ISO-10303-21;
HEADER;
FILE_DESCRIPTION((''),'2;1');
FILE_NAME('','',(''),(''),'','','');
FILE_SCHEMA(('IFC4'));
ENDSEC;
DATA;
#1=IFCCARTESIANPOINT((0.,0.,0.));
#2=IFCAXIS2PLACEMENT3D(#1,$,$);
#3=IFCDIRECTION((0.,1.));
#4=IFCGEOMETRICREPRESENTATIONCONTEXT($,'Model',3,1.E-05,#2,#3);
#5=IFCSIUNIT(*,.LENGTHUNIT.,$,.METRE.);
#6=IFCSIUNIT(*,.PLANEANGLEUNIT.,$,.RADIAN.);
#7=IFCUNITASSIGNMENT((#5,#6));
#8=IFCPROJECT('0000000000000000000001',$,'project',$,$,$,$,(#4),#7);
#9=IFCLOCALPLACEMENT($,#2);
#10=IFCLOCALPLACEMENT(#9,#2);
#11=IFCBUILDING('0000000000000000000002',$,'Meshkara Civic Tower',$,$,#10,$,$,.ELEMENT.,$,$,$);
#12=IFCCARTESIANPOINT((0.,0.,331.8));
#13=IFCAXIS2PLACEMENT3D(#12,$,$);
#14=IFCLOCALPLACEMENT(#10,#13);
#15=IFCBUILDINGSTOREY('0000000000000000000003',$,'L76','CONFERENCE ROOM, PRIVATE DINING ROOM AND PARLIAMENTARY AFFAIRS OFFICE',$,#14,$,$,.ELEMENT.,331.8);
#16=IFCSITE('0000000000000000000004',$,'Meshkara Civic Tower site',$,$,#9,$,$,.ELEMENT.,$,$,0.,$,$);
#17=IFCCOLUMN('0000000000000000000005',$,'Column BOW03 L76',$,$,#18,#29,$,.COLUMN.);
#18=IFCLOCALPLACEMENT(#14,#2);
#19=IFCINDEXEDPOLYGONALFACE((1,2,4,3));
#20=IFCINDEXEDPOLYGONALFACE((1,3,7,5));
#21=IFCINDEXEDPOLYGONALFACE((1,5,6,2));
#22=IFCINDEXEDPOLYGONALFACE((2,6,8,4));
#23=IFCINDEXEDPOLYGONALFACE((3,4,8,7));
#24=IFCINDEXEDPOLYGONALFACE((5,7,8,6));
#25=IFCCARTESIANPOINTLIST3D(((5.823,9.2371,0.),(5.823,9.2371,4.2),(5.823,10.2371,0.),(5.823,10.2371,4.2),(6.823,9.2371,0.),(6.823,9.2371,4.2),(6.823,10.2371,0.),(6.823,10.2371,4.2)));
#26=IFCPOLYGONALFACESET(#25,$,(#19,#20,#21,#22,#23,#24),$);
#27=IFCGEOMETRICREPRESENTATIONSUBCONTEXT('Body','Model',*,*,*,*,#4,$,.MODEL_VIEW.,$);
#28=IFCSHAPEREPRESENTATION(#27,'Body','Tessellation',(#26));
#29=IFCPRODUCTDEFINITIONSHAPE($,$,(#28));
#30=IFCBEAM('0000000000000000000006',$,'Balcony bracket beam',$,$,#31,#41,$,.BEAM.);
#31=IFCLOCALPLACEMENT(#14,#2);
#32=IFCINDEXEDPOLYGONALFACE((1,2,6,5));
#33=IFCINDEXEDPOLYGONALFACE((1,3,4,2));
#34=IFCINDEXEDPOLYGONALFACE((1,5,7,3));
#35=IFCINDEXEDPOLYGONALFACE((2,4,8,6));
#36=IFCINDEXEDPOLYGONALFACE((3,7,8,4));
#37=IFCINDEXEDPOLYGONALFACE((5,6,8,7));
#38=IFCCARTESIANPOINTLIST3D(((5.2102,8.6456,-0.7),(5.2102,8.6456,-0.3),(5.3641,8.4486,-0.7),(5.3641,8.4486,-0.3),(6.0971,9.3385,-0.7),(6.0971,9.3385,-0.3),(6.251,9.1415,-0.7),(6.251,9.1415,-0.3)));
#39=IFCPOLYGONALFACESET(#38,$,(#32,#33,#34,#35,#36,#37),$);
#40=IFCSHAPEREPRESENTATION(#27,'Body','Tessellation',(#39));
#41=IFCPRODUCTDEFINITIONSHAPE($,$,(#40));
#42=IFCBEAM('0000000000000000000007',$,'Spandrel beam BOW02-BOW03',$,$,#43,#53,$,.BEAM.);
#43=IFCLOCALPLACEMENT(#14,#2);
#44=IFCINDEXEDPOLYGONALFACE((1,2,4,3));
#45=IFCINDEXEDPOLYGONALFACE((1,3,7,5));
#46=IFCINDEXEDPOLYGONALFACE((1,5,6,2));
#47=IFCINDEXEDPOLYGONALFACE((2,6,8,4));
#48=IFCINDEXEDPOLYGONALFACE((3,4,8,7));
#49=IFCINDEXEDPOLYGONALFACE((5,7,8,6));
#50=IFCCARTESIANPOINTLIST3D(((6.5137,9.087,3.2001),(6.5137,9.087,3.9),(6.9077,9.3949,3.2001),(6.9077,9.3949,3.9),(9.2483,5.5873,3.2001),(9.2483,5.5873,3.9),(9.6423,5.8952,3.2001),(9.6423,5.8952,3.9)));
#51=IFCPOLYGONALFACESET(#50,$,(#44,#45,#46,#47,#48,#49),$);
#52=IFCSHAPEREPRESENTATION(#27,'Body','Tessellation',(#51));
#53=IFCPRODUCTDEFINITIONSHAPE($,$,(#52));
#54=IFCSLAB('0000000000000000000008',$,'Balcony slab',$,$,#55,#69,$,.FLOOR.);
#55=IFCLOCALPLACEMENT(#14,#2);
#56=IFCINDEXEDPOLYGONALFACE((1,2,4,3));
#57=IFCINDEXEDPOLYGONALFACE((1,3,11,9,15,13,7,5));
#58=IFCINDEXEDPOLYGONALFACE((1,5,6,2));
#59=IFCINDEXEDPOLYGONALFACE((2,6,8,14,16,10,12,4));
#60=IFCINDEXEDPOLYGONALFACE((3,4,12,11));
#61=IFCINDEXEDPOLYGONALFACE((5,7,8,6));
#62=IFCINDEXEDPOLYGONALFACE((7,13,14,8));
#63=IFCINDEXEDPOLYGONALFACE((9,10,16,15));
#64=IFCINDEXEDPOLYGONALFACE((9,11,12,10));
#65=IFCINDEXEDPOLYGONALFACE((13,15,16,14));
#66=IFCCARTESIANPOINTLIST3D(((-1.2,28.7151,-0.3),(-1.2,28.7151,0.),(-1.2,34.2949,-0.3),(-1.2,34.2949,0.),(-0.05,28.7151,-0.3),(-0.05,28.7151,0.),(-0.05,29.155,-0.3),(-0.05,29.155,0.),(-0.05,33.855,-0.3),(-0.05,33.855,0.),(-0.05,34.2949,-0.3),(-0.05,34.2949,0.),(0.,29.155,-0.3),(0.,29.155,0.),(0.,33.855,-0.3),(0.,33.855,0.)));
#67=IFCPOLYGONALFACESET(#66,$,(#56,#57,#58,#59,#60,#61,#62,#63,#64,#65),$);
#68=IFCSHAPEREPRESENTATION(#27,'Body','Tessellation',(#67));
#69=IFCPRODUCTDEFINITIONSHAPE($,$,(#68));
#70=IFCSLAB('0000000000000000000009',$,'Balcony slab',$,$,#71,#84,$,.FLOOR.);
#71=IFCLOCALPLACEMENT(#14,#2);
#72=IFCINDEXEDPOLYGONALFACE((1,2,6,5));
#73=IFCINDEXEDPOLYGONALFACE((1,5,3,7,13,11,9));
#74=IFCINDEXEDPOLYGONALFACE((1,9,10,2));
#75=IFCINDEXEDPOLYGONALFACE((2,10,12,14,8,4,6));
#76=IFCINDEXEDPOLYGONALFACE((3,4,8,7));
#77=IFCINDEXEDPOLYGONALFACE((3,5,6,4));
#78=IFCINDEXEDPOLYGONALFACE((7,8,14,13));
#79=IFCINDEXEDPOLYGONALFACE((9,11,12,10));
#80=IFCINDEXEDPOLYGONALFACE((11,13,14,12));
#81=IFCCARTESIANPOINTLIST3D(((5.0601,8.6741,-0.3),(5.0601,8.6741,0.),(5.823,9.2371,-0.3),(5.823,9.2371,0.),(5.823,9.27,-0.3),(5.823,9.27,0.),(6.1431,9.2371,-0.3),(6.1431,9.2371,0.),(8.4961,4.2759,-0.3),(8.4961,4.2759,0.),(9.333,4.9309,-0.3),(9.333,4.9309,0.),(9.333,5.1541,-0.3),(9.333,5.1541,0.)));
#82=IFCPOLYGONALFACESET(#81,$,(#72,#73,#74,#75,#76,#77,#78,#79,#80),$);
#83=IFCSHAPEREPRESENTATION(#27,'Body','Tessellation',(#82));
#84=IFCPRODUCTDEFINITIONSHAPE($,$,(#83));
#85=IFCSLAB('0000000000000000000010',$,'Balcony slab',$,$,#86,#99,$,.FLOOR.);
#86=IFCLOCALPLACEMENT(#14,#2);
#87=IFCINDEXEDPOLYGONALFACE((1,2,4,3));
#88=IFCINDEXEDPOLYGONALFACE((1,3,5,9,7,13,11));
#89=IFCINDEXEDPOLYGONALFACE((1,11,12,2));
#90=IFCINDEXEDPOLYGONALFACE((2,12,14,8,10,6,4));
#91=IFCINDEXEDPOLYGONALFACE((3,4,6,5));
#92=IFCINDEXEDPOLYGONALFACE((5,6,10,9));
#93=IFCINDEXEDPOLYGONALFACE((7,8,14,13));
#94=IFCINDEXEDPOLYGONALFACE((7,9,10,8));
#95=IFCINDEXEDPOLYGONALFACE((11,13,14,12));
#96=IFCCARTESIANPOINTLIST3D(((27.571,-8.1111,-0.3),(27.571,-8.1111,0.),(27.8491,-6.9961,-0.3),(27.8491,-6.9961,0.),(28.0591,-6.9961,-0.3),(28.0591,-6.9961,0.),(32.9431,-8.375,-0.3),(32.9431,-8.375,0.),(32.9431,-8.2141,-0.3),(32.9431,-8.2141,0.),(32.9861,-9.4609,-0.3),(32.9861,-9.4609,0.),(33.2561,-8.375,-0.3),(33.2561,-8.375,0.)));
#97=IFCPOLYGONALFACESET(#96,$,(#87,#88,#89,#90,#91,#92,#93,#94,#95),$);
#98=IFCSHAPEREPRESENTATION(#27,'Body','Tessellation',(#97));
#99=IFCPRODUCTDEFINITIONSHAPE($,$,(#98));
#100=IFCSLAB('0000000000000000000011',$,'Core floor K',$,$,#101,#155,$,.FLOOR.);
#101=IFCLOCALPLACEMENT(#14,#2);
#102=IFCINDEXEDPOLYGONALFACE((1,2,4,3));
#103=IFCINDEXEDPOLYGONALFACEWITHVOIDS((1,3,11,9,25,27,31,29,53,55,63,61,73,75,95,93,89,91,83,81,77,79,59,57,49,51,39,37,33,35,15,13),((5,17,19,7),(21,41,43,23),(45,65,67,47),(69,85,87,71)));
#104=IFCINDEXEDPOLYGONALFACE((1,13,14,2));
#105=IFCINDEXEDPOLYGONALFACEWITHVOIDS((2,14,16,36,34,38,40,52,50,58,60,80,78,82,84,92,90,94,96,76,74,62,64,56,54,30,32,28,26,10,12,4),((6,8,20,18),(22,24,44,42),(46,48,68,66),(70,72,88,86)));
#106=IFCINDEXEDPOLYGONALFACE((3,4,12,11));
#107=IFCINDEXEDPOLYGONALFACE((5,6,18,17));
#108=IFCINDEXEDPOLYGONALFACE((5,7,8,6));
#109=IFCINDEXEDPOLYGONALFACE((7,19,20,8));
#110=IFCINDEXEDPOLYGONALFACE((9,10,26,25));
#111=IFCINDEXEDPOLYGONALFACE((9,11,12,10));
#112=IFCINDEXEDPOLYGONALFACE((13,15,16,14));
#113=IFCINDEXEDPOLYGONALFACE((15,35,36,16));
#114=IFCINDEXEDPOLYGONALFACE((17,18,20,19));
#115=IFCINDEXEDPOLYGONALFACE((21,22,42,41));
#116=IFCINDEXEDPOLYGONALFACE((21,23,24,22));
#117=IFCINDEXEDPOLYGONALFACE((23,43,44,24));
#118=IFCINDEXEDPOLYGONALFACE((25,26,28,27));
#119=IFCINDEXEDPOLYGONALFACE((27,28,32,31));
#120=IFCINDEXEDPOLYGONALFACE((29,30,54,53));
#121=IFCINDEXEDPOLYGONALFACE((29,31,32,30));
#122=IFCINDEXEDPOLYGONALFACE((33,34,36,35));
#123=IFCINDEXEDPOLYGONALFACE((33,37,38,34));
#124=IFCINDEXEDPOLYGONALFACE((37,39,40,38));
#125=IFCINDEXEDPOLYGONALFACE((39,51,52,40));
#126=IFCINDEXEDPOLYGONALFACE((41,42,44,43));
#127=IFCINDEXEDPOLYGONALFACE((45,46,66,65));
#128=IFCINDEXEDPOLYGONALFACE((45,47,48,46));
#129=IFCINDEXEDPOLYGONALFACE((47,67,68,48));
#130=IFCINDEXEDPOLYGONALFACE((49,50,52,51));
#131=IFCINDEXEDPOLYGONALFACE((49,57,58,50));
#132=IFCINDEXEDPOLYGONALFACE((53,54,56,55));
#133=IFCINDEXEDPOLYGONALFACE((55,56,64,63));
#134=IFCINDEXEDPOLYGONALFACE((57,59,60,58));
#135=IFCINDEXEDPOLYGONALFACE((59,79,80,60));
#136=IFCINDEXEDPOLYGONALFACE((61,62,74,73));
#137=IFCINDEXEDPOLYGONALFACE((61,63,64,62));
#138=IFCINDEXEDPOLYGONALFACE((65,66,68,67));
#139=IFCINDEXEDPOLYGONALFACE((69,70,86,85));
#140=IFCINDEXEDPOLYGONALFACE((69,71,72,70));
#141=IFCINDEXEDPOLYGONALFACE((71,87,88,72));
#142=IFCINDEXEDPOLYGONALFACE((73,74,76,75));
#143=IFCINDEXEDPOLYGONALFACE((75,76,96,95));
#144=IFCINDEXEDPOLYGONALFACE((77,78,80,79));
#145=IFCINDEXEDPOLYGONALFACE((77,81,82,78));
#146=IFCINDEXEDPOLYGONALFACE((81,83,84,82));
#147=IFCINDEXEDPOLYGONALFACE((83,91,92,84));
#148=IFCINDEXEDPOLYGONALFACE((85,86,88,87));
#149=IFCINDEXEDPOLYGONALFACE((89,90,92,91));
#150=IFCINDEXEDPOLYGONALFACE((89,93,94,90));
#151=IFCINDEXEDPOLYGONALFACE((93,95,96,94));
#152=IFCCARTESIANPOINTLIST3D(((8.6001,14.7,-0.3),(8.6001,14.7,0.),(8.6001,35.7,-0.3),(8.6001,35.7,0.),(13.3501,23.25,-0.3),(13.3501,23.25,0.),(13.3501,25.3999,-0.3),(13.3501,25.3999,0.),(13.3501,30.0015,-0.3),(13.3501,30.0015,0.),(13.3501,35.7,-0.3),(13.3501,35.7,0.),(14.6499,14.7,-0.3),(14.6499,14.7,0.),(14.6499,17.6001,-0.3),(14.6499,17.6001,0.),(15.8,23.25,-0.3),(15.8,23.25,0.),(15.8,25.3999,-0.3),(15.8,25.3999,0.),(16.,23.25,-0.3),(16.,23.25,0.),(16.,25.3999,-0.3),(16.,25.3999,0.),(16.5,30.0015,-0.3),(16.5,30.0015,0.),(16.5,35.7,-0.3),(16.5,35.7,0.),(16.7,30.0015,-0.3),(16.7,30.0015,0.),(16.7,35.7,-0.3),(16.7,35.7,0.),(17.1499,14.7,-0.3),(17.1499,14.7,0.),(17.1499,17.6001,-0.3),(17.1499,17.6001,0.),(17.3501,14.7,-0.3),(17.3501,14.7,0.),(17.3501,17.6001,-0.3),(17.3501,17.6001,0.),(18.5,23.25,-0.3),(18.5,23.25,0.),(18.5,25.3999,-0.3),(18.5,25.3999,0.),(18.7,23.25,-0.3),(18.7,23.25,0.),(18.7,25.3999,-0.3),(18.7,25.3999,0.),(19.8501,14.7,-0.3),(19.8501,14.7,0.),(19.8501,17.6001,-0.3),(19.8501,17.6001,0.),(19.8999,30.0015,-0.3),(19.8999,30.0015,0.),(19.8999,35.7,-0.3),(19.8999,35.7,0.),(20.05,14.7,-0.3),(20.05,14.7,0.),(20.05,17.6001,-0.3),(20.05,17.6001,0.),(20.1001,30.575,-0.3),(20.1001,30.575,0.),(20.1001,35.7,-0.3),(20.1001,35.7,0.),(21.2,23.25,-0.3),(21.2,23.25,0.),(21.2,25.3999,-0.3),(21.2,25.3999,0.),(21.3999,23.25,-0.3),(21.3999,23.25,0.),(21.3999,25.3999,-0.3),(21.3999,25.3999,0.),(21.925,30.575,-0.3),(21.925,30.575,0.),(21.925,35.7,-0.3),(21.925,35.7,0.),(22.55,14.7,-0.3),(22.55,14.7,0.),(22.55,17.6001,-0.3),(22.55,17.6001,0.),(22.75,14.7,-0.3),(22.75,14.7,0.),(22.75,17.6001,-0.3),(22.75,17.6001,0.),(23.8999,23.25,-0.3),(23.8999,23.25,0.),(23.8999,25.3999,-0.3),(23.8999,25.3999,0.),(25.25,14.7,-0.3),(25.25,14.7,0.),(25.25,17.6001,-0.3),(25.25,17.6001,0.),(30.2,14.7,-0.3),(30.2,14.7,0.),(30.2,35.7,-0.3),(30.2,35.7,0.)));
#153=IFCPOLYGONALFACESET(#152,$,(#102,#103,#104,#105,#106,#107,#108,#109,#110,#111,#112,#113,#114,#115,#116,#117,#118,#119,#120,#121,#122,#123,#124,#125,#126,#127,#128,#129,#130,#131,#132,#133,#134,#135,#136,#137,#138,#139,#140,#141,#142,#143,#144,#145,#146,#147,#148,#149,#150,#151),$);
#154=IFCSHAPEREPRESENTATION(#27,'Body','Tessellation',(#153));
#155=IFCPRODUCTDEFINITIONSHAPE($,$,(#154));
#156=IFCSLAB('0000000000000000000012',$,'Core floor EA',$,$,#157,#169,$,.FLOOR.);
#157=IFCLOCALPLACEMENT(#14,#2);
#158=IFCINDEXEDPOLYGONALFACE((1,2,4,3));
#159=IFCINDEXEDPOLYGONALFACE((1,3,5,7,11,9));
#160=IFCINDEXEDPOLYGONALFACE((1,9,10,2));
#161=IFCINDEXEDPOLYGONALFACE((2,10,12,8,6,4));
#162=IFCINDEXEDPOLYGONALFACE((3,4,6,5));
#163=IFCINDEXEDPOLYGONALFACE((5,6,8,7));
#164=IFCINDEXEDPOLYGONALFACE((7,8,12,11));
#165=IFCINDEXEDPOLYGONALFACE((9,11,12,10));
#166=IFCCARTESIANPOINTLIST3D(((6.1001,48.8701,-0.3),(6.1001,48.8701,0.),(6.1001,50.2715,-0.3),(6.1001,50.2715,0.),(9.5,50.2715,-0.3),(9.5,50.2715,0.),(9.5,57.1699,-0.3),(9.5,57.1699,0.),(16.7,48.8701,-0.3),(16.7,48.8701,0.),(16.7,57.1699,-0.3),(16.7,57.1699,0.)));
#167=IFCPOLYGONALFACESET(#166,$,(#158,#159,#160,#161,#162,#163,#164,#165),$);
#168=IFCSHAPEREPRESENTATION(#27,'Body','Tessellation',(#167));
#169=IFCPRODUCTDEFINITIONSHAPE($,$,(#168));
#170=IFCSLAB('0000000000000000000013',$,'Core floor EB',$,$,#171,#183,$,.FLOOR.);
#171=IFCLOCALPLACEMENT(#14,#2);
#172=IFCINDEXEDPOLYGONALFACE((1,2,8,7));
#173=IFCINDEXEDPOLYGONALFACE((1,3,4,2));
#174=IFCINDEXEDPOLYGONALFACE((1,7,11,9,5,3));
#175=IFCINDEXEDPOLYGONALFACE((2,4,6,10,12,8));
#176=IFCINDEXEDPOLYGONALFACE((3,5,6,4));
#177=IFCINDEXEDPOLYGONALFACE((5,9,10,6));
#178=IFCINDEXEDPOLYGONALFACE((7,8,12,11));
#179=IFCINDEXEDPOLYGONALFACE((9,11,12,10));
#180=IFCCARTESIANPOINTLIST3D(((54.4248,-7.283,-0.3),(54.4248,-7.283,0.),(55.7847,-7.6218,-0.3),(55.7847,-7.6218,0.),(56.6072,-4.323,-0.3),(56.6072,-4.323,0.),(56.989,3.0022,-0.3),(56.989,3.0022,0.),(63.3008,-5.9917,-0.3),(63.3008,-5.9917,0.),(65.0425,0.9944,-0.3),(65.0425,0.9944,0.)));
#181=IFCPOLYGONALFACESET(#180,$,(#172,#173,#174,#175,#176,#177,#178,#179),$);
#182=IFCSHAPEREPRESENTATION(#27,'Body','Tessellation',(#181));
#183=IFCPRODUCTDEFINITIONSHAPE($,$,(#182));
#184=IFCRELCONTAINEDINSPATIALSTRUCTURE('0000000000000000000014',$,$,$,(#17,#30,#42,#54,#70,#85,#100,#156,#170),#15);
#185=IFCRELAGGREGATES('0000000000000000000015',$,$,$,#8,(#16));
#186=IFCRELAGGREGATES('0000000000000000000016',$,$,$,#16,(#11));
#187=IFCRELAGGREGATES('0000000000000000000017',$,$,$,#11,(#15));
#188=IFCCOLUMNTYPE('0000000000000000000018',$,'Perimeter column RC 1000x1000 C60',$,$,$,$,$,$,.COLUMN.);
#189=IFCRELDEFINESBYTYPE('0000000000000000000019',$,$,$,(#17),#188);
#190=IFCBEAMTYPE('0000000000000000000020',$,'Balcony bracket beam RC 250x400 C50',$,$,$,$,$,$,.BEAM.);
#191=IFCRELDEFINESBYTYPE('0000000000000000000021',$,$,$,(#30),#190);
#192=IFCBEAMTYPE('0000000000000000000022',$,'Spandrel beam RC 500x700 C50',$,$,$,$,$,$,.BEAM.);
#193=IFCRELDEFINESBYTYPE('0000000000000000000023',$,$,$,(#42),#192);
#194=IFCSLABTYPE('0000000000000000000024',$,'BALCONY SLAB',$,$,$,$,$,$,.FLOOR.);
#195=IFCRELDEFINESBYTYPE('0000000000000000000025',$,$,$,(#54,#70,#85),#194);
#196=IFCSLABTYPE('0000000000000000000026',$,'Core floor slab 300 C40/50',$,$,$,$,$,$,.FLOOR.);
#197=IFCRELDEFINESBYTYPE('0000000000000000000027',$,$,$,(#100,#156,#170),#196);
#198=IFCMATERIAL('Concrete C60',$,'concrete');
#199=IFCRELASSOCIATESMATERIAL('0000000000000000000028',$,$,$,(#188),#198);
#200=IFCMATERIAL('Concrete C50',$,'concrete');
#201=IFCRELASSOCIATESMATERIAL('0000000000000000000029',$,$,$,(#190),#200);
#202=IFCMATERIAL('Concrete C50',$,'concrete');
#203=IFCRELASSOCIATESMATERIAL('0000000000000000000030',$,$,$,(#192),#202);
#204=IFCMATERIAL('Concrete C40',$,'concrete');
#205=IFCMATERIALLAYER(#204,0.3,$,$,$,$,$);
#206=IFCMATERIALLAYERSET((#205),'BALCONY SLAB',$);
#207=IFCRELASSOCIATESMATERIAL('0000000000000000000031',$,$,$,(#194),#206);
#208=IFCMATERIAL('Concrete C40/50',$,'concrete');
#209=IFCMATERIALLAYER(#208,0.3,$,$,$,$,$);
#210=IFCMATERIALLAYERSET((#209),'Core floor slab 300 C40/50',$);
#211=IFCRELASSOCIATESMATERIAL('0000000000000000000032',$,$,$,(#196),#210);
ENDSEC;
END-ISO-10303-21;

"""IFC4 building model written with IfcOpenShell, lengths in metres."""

from ifc_helpers import new_model, si_unit, direction, frame, origin, origin_2d, place, context, subcontext, project, spatial, polyline, rectangle, outline, extrude, material, layer, layer_set, material_profile, profile_set, type_object, element, save


model = new_model("IFC4")

# Units and contexts
model_context = context("Model", 3, precision=1e-05, world=origin(), true_north=direction((0.0, 1.0)))
body_context = subcontext(model_context, "Body", "Model", "MODEL_VIEW")
ifc_project = project(units=[si_unit("LENGTHUNIT", "METRE"), si_unit("PLANEANGLEUNIT", "RADIAN")], contexts=[model_context])

# Site, building, storey
site_placement = place(None, origin())
site = spatial("IfcSite", under=ifc_project, at=site_placement, Name="Meshkara Civic Tower site", CompositionType="ELEMENT", RefElevation=0.0)
building_placement = place(site_placement, origin())
building = spatial("IfcBuilding", under=site, at=building_placement, Name="Meshkara Civic Tower", CompositionType="ELEMENT")
storey_placement = place(building_placement, frame((0.0, 0.0, 331.8)))
storey = spatial("IfcBuildingStorey", under=building, at=storey_placement, Name="L76", Description="CONFERENCE ROOM, PRIVATE DINING ROOM AND PARLIAMENTARY AFFAIRS OFFICE", CompositionType="ELEMENT", Elevation=331.8)

# Column
ifc_material_1 = material(Name="Concrete C60", Category="concrete")
ifc_material_profile_1 = material_profile(ifc_material_1, rectangle(XDim=1.0, YDim=1.0, at=origin_2d()))
ifc_profile_set_1 = profile_set([ifc_material_profile_1], Name="Concrete C60")
column_type = type_object("IfcColumnType", Name="Perimeter column RC 1000x1000 C60", PredefinedType="COLUMN", material=ifc_profile_set_1)
column_placement = place(storey_placement, frame((6.323, 9.7371, 0.0), z_axis=(0.0, 0.0, 1.0), x_axis=(1.0, 0.0, 0.0)))
element("IfcColumn", 1, at=column_placement, inside=storey, type_object=column_type, Name="Column BOW03 L76", PredefinedType="COLUMN", context=body_context, shape_type="SweptSolid", body=[
    extrude(rectangle(XDim=1.0, YDim=1.0, at=origin_2d()), origin(), (0.0, 0.0, 1.0), 4.2),
])

# Beams
ifc_material_2 = material(Name="Concrete C50", Category="concrete")
ifc_material_profile_2 = material_profile(ifc_material_2, rectangle(XDim=0.25, YDim=0.3999, at=origin_2d()))
ifc_profile_set_2 = profile_set([ifc_material_profile_2], Name="Concrete C50")
beam_type_1 = type_object("IfcBeamType", Name="Balcony bracket beam RC 250x400 C50", PredefinedType="BEAM", material=ifc_profile_set_2)
beam_1_placement = place(storey_placement, frame((6.1741, 9.24, -0.5), z_axis=(-0.788054, -0.615606, 0.0), x_axis=(0.615606, -0.788054, 0.0)))
element("IfcBeam", 2, at=beam_1_placement, inside=storey, type_object=beam_type_1, Name="Balcony bracket beam", PredefinedType="BEAM", context=body_context, shape_type="SweptSolid", body=[
    extrude(rectangle(XDim=0.25, YDim=0.3999, at=origin_2d()), origin(), (0.0, 0.0, 1.0), 1.1255),
])
ifc_material_3 = material(Name="Concrete C50", Category="concrete")
ifc_material_profile_3 = material_profile(ifc_material_3, rectangle(XDim=0.5, YDim=0.7, at=origin_2d()))
ifc_profile_set_3 = profile_set([ifc_material_profile_3], Name="Concrete C50")
beam_type_2 = type_object("IfcBeamType", Name="Spandrel beam RC 500x700 C50", PredefinedType="BEAM", material=ifc_profile_set_3)
beam_2_placement = place(storey_placement, frame((6.7107, 9.241, 3.55), z_axis=(0.615705, -0.787977, 0.0), x_axis=(0.787977, 0.615705, 0.0)))
element("IfcBeam", 3, at=beam_2_placement, inside=storey, type_object=beam_type_2, Name="Spandrel beam BOW02-BOW03", PredefinedType="BEAM", context=body_context, shape_type="SweptSolid", body=[
    extrude(rectangle(XDim=0.5, YDim=0.7, at=origin_2d()), origin(), (0.0, 0.0, 1.0), 4.4414),
])

# Slabs
ifc_material_4 = material(Name="Concrete C40", Category="concrete")
ifc_layer_1 = layer(ifc_material_4, 0.3)
ifc_layer_set_1 = layer_set([ifc_layer_1], Name="BALCONY SLAB")
slab_type_1 = type_object("IfcSlabType", Name="BALCONY SLAB", PredefinedType="FLOOR", material=ifc_layer_set_1)
slab_1_placement = place(storey_placement, frame((0.0, 0.0, -0.3)))
element("IfcSlab", 4, at=slab_1_placement, inside=storey, type_object=slab_type_1, Name="Balcony slab", PredefinedType="FLOOR", context=body_context, shape_type="SweptSolid", body=[
    extrude(outline(polyline([(-1.2, 28.7151), (-1.2, 34.2949), (-0.05, 34.2949), (-0.05, 33.855), (0.0, 33.855), (0.0, 29.155), (-0.05, 29.155), (-0.05, 28.7151), (-1.2, 28.7151)])), origin(), (0.0, 0.0, 1.0), 0.3),
])
slab_2_placement = place(storey_placement, frame((0.0, 0.0, -0.3)))
element("IfcSlab", 5, at=slab_2_placement, inside=storey, type_object=slab_type_1, Name="Balcony slab", PredefinedType="FLOOR", context=body_context, shape_type="SweptSolid", body=[
    extrude(outline(polyline([(8.4961, 4.2759), (5.0601, 8.6741), (5.823, 9.27), (5.823, 9.2371), (6.1431, 9.2371), (9.333, 5.1541), (9.333, 4.9309), (8.4961, 4.2759)])), origin(), (0.0, 0.0, 1.0), 0.3),
])
slab_3_placement = place(storey_placement, frame((0.0, 0.0, -0.3)))
element("IfcSlab", 6, at=slab_3_placement, inside=storey, type_object=slab_type_1, Name="Balcony slab", PredefinedType="FLOOR", context=body_context, shape_type="SweptSolid", body=[
    extrude(outline(polyline([(32.9861, -9.4609), (27.571, -8.1111), (27.8491, -6.9961), (28.0591, -6.9961), (32.9431, -8.2141), (32.9431, -8.375), (33.2561, -8.375), (32.9861, -9.4609)])), origin(), (0.0, 0.0, 1.0), 0.3),
])
ifc_material_5 = material(Name="Concrete C40/50", Category="concrete")
ifc_layer_2 = layer(ifc_material_5, 0.3)
ifc_layer_set_2 = layer_set([ifc_layer_2], Name="Core floor slab 300 C40/50")
slab_type_2 = type_object("IfcSlabType", Name="Core floor slab 300 C40/50", PredefinedType="FLOOR", material=ifc_layer_set_2)
slab_4_placement = place(storey_placement, frame((0.0, 0.0, -0.3)))
element("IfcSlab", 7, at=slab_4_placement, inside=storey, type_object=slab_type_2, Name="Core floor K", PredefinedType="FLOOR", context=body_context, shape_type="SweptSolid", body=[
    extrude(outline(polyline([(8.6001, 35.7), (13.3501, 35.7), (13.3501, 30.0015), (16.5, 30.0015), (16.5, 35.7), (16.7, 35.7), (16.7, 30.0015), (19.8999, 30.0015), (19.8999, 35.7), (20.1001, 35.7), (20.1001, 30.575), (21.925, 30.575), (21.925, 35.7), (30.2, 35.7), (30.2, 14.7), (25.25, 14.7), (25.25, 17.6001), (22.75, 17.6001), (22.75, 14.7), (22.55, 14.7), (22.55, 17.6001), (20.05, 17.6001), (20.05, 14.7), (19.8501, 14.7), (19.8501, 17.6001), (17.3501, 17.6001), (17.3501, 14.7), (17.1499, 14.7), (17.1499, 17.6001), (14.6499, 17.6001), (14.6499, 14.7), (8.6001, 14.7), (8.6001, 35.7)]), holes=[polyline([(13.3501, 23.25), (15.8, 23.25), (15.8, 25.3999), (13.3501, 25.3999), (13.3501, 23.25)]), polyline([(18.5, 23.25), (18.5, 25.3999), (16.0, 25.3999), (16.0, 23.25), (18.5, 23.25)]), polyline([(18.7, 23.25), (21.2, 23.25), (21.2, 25.3999), (18.7, 25.3999), (18.7, 23.25)]), polyline([(23.8999, 23.25), (23.8999, 25.3999), (21.3999, 25.3999), (21.3999, 23.25), (23.8999, 23.25)])]), origin(), (0.0, 0.0, 1.0), 0.3),
])
slab_5_placement = place(storey_placement, frame((0.0, 0.0, -0.3)))
element("IfcSlab", 8, at=slab_5_placement, inside=storey, type_object=slab_type_2, Name="Core floor EA", PredefinedType="FLOOR", context=body_context, shape_type="SweptSolid", body=[
    extrude(outline(polyline([(16.7, 48.8701), (16.7, 57.1699), (9.5, 57.1699), (9.5, 50.2715), (6.1001, 50.2715), (6.1001, 48.8701), (16.7, 48.8701)])), origin(), (0.0, 0.0, 1.0), 0.3),
])
slab_6_placement = place(storey_placement, frame((0.0, 0.0, -0.3)))
element("IfcSlab", 9, at=slab_6_placement, inside=storey, type_object=slab_type_2, Name="Core floor EB", PredefinedType="FLOOR", context=body_context, shape_type="SweptSolid", body=[
    extrude(outline(polyline([(56.989, 3.0022), (65.0425, 0.9944), (63.3008, -5.9917), (56.6072, -4.323), (55.7847, -7.6218), (54.4248, -7.283), (56.989, 3.0022)])), origin(), (0.0, 0.0, 1.0), 0.3),
])

save(model, "model.ifc")
